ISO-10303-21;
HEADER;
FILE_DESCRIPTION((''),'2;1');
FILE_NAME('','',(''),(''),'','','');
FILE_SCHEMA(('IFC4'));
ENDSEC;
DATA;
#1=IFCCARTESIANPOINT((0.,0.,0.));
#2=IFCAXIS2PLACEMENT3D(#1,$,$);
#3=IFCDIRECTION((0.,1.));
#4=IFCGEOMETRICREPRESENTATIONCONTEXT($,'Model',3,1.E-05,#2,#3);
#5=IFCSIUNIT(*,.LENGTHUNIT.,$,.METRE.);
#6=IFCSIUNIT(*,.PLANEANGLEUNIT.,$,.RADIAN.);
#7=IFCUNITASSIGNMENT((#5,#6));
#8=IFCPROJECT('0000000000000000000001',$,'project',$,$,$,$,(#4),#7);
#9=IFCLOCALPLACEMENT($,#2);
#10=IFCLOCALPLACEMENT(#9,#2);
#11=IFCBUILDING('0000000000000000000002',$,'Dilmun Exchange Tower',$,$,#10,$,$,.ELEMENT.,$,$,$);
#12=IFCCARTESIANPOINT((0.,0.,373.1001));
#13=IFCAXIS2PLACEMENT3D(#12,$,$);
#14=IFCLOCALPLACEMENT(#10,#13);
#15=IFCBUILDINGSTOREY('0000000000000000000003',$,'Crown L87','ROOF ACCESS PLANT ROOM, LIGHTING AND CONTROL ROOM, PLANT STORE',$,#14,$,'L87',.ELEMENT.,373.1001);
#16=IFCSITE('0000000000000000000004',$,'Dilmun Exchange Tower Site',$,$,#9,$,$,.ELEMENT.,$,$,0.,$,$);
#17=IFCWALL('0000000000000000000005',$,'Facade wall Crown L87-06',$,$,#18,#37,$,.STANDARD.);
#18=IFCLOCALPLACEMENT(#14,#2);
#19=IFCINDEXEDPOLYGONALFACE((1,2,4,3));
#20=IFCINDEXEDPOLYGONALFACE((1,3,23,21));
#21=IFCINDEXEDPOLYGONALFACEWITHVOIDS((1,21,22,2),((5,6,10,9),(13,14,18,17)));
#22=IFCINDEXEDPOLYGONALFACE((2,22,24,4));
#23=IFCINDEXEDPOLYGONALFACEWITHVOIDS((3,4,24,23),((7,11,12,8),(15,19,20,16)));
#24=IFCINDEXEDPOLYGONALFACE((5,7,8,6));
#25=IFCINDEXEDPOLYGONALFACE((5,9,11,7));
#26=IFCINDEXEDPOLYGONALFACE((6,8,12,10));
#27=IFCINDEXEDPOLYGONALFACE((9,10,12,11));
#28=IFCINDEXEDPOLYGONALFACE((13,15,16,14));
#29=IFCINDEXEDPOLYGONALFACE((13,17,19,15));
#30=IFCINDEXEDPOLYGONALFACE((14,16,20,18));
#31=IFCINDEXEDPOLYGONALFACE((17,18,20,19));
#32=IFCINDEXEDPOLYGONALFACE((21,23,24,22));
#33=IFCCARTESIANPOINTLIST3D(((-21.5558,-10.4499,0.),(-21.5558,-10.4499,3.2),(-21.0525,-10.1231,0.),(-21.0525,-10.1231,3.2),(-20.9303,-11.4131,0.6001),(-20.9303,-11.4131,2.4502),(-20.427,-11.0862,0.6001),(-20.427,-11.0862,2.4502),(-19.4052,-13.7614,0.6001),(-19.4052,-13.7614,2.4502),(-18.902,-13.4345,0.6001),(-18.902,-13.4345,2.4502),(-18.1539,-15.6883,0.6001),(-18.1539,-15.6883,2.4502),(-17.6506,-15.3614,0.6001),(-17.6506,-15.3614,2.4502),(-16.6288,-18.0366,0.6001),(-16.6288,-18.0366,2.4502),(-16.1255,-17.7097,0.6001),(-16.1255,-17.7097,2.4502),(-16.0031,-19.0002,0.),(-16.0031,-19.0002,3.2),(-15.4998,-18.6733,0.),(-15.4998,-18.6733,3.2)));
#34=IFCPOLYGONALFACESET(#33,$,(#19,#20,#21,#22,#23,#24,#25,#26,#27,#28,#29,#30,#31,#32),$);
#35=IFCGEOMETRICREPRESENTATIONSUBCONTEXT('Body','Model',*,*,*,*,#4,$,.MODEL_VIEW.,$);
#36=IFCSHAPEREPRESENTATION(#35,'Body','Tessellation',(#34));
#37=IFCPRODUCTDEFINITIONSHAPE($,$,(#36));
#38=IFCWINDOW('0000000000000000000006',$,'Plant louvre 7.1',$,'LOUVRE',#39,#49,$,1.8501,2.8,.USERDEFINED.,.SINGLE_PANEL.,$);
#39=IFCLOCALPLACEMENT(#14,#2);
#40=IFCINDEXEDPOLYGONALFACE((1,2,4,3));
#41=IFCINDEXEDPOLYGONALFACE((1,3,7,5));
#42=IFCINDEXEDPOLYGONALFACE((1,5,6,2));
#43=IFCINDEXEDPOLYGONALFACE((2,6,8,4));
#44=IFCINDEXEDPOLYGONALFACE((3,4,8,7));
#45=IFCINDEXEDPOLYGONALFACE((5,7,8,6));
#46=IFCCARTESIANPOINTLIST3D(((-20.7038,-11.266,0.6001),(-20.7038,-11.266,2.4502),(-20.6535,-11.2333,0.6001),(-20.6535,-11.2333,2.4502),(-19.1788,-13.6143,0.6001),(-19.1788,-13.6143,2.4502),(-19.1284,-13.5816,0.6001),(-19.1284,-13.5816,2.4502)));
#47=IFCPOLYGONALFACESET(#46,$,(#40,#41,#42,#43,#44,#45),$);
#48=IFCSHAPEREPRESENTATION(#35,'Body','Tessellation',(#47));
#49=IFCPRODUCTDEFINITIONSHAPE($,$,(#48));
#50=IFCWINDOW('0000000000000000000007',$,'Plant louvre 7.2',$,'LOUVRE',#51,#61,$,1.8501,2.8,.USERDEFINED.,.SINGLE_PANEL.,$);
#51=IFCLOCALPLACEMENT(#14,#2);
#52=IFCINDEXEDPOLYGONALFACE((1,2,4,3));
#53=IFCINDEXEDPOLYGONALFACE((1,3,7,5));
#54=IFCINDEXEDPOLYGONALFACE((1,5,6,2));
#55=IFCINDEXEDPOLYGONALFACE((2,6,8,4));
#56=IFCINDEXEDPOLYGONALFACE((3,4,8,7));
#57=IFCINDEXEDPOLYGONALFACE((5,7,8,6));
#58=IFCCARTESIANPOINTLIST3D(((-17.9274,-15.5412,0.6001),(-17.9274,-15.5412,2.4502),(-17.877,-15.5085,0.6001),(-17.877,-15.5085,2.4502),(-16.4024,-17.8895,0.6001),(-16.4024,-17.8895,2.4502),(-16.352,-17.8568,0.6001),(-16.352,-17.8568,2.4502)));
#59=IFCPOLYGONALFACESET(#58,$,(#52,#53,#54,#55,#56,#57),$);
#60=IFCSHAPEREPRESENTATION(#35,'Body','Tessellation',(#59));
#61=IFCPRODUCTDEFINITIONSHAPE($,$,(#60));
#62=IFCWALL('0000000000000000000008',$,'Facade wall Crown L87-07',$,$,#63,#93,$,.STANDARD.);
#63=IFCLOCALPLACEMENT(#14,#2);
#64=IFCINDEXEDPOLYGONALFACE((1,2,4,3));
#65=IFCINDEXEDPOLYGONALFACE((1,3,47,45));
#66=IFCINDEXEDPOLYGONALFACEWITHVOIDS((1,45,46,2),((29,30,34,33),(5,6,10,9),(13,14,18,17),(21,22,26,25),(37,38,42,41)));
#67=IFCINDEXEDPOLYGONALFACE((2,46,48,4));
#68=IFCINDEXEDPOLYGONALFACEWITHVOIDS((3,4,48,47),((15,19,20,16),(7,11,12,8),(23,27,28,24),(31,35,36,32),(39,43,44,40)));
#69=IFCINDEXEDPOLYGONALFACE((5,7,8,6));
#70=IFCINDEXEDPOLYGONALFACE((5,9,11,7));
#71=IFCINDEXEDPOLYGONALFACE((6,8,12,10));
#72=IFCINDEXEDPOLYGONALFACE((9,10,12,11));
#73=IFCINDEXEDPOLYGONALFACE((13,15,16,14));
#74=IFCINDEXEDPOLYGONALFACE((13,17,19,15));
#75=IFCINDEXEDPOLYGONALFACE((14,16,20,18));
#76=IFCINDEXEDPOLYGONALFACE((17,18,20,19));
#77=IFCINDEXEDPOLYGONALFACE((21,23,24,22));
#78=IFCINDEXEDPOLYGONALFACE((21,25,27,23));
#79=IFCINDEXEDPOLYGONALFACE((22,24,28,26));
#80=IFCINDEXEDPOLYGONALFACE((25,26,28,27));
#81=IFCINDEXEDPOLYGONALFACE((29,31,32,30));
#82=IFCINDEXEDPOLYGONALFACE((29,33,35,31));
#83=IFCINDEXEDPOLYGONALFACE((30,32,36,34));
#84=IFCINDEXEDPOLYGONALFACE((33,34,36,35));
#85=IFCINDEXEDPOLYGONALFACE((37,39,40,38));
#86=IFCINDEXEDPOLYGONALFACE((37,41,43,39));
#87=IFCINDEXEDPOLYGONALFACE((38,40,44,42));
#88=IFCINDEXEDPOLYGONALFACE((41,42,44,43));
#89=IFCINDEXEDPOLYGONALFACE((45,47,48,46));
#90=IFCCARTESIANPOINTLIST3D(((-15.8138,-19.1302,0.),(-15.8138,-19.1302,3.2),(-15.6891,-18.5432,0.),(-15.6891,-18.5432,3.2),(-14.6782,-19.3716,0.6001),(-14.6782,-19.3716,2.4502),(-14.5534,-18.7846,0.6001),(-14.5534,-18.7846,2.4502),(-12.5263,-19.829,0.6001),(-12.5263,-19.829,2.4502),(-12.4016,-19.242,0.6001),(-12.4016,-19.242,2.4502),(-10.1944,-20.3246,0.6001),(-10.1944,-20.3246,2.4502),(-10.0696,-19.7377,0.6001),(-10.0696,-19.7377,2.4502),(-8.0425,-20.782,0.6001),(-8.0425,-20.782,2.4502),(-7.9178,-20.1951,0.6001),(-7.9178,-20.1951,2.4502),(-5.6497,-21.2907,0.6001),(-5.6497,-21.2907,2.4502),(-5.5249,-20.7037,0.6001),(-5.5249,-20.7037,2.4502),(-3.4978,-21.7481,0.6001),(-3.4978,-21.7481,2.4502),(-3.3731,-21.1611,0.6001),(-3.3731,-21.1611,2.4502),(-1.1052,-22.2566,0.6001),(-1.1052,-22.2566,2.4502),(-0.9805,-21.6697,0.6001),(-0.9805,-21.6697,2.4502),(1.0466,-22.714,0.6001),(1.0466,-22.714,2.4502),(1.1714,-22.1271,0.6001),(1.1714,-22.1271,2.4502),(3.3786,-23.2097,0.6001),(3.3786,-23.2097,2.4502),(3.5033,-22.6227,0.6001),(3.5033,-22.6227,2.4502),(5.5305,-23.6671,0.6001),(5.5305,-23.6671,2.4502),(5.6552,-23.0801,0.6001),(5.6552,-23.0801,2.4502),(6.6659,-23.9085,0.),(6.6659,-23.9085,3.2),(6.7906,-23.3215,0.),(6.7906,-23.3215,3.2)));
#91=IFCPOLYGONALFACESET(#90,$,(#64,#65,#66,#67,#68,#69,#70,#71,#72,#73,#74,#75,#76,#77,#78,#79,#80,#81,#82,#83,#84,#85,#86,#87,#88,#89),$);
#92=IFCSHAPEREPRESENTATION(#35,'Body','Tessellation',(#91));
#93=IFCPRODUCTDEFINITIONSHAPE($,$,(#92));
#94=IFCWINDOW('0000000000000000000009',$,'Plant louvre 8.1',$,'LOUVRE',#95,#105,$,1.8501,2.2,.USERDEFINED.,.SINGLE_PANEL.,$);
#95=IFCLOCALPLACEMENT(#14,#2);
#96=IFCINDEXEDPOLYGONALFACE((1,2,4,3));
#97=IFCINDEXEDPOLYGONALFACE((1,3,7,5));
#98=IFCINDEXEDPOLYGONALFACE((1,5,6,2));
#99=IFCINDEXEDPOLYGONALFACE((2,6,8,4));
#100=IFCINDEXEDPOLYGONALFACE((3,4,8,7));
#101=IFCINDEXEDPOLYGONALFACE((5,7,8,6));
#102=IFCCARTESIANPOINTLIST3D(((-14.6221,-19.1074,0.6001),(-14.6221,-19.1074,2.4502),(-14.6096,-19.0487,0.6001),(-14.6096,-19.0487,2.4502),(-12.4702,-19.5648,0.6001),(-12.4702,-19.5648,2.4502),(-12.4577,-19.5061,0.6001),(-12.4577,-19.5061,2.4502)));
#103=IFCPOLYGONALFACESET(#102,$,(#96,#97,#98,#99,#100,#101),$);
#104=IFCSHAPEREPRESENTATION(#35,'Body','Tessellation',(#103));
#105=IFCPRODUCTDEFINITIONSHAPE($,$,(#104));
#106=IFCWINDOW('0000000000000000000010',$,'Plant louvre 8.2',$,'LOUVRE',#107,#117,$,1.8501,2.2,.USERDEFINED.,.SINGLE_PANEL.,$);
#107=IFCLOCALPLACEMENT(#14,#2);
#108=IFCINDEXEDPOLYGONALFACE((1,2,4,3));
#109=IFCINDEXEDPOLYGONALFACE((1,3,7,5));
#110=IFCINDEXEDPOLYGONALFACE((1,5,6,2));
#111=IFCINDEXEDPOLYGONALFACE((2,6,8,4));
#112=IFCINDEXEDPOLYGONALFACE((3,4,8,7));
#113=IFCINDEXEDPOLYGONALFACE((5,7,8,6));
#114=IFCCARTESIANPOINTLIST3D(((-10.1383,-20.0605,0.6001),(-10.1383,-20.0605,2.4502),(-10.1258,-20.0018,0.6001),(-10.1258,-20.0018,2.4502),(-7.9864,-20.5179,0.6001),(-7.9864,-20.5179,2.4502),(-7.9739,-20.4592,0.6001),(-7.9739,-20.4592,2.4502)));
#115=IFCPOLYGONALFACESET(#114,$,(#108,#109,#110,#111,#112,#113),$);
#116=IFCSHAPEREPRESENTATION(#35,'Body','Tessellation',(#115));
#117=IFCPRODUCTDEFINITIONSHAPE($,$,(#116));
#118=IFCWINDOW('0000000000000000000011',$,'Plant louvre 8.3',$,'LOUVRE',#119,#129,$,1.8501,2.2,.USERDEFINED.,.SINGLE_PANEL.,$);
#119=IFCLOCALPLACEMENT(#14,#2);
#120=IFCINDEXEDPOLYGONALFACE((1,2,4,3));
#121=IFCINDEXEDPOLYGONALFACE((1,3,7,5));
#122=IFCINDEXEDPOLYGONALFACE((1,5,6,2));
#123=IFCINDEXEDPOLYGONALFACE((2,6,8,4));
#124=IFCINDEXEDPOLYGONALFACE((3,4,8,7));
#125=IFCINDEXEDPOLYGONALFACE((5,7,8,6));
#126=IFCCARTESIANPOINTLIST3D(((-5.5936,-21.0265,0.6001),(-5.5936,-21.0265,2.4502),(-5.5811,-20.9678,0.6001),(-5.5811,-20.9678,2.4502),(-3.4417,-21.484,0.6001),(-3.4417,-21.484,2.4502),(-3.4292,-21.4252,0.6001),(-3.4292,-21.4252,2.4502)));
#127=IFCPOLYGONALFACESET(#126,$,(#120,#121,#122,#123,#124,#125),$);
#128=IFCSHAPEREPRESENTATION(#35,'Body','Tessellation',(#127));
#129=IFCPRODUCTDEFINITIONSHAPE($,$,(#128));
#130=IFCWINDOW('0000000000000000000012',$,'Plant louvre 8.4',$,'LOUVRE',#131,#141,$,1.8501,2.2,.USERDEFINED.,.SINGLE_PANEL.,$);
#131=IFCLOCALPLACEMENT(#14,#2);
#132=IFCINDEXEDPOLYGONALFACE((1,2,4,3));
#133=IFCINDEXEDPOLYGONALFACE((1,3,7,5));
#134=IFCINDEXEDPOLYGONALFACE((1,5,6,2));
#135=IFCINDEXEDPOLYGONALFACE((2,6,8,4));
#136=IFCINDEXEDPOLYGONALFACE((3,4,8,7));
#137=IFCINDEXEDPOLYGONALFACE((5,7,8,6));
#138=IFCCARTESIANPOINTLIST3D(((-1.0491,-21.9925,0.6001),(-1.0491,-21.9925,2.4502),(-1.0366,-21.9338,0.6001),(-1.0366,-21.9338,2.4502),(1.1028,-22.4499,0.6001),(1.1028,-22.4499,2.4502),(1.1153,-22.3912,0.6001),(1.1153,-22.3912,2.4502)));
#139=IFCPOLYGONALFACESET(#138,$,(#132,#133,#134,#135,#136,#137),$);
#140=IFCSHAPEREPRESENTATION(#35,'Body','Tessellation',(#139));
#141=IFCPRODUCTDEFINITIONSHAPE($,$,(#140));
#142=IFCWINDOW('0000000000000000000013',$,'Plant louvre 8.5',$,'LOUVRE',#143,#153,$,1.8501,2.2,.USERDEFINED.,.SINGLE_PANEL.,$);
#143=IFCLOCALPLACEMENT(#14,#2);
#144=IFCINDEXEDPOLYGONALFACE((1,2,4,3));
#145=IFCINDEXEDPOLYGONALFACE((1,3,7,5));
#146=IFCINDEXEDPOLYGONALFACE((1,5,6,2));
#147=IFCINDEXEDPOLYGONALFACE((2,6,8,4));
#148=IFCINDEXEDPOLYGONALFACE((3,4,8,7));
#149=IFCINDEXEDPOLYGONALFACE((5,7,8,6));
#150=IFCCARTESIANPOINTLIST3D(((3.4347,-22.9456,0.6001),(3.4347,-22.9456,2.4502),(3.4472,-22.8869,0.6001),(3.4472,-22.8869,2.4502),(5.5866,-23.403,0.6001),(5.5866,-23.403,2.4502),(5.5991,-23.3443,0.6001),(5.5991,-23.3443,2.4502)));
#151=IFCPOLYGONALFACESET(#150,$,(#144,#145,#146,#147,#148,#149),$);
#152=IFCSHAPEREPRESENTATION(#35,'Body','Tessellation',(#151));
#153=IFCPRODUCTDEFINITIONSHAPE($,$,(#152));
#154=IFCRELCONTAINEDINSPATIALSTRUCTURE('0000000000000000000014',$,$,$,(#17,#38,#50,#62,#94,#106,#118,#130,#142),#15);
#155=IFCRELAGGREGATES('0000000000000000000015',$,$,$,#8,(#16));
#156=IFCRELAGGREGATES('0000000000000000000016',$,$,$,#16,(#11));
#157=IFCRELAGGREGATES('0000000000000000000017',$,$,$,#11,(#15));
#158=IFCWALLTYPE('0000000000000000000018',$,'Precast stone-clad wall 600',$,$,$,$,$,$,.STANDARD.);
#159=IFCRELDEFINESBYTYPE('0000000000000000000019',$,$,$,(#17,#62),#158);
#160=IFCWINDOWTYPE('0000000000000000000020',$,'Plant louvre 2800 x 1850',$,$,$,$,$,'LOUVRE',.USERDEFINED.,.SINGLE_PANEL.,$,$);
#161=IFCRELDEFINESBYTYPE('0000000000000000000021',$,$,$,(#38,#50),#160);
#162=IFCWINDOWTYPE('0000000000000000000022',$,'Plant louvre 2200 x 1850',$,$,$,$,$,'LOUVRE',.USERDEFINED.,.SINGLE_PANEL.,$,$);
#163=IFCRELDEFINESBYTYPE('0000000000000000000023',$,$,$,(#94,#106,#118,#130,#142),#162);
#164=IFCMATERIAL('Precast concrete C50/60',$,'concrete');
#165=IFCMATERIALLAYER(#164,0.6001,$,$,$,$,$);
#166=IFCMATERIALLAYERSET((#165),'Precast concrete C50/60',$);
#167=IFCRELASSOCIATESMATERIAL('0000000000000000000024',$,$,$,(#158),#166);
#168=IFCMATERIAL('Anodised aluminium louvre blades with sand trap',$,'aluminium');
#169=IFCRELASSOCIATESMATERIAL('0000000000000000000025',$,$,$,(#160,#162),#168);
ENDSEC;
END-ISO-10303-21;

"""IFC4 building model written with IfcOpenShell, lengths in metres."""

from ifc_helpers import new_model, si_unit, direction, frame, frame_2d, origin, place, context, subcontext, project, spatial, rectangle, extrude, material, layer, layer_set, type_object, element, fill, save


model = new_model("IFC4")

# Units and contexts
model_context = context("Model", 3, precision=1e-05, world=origin(), true_north=direction((0.0, 1.0)))
body_context = subcontext(model_context, "Body", "Model", "MODEL_VIEW")
ifc_project = project(units=[si_unit("LENGTHUNIT", "METRE"), si_unit("PLANEANGLEUNIT", "RADIAN")], contexts=[model_context])

# Site, building, storey
site_placement = place(None, origin())
site = spatial("IfcSite", under=ifc_project, at=site_placement, Name="Dilmun Exchange Tower Site", CompositionType="ELEMENT", RefElevation=0.0)
building_placement = place(site_placement, origin())
building = spatial("IfcBuilding", under=site, at=building_placement, Name="Dilmun Exchange Tower", CompositionType="ELEMENT")
storey_placement = place(building_placement, frame((0.0, 0.0, 373.1001)))
storey = spatial("IfcBuildingStorey", under=building, at=storey_placement, Name="Crown L87", Description="ROOF ACCESS PLANT ROOM, LIGHTING AND CONTROL ROOM, PLANT STORE", LongName="L87", CompositionType="ELEMENT", Elevation=373.1001)

# Walls, openings, windows
ifc_material_1 = material(Name="Precast concrete C50/60", Category="concrete")
ifc_layer_1 = layer(ifc_material_1, 0.6001)
ifc_layer_set_1 = layer_set([ifc_layer_1], Name="Precast concrete C50/60")
wall_type_1 = type_object("IfcWallType", Name="Precast stone-clad wall 600", PredefinedType="STANDARD", material=ifc_layer_set_1)
wall_1_placement = place(storey_placement, frame((-21.3042, -10.2864, 0.0), z_axis=(0.0, 0.0, 1.0), x_axis=(0.544647, -0.838666, 0.0)))
wall_1 = element("IfcWall", 1, at=wall_1_placement, inside=storey, type_object=wall_type_1, Name="Facade wall Crown L87-06", PredefinedType="STANDARD", context=body_context, shape_type="SweptSolid", body=[
    extrude(rectangle(XDim=10.1951, YDim=0.6001, at=frame_2d((5.0977, 0.0))), origin(), (0.0, 0.0, 1.0), 3.2),
])
opening_1_placement = place(wall_1_placement, frame((1.1487, 0.0, 0.6001)))
opening_1 = element("IfcOpeningElement", 2, at=opening_1_placement, cuts=wall_1, PredefinedType="OPENING", context=body_context, shape_type="SweptSolid", body=[
    extrude(rectangle(XDim=2.8, YDim=1.8501, at=frame_2d((1.3999, 0.925))), frame((0.0, 0.3101, 0.0), z_axis=(0.0, -1.0, 0.0), x_axis=(1.0, 0.0, 0.0)), (0.0, 0.0, 1.0), 0.6201),
])
opening_2_placement = place(wall_1_placement, frame((6.2463, 0.0, 0.6001)))
opening_2 = element("IfcOpeningElement", 3, at=opening_2_placement, cuts=wall_1, PredefinedType="OPENING", context=body_context, shape_type="SweptSolid", body=[
    extrude(rectangle(XDim=2.8, YDim=1.8501, at=frame_2d((1.3999, 0.925))), frame((0.0, 0.3101, 0.0), z_axis=(0.0, -1.0, 0.0), x_axis=(1.0, 0.0, 0.0)), (0.0, 0.0, 1.0), 0.6201),
])
ifc_material_2 = material(Name="Anodised aluminium louvre blades with sand trap", Category="aluminium")
window_type_1 = type_object("IfcWindowType", Name="Plant louvre 2800 x 1850", ElementType="LOUVRE", PartitioningType="SINGLE_PANEL", PredefinedType="USERDEFINED", material=ifc_material_2)
window_1_placement = place(opening_1_placement, origin())
window_1 = element("IfcWindow", 4, at=window_1_placement, inside=storey, type_object=window_type_1, Name="Plant louvre 7.1", ObjectType="LOUVRE", OverallHeight=1.8501, OverallWidth=2.8, PartitioningType="SINGLE_PANEL", PredefinedType="USERDEFINED", context=body_context, shape_type="SweptSolid", body=[
    extrude(rectangle(XDim=2.8, YDim=1.8501, at=frame_2d((1.3999, 0.925))), frame((0.0, 0.03, 0.0), z_axis=(0.0, -1.0, 0.0), x_axis=(1.0, 0.0, 0.0)), (0.0, 0.0, 1.0), 0.0601),
])
fill(opening_1, window_1)
window_2_placement = place(opening_2_placement, origin())
window_2 = element("IfcWindow", 5, at=window_2_placement, inside=storey, type_object=window_type_1, Name="Plant louvre 7.2", ObjectType="LOUVRE", OverallHeight=1.8501, OverallWidth=2.8, PartitioningType="SINGLE_PANEL", PredefinedType="USERDEFINED", context=body_context, shape_type="SweptSolid", body=[
    extrude(rectangle(XDim=2.8, YDim=1.8501, at=frame_2d((1.3999, 0.925))), frame((0.0, 0.03, 0.0), z_axis=(0.0, -1.0, 0.0), x_axis=(1.0, 0.0, 0.0)), (0.0, 0.0, 1.0), 0.0601),
])
fill(opening_2, window_2)
wall_2_placement = place(storey_placement, frame((-15.7515, -18.8367, 0.0), z_axis=(0.0, 0.0, 1.0), x_axis=(0.978147, -0.207916, 0.0)))
wall_2 = element("IfcWall", 6, at=wall_2_placement, inside=storey, type_object=wall_type_1, Name="Facade wall Crown L87-07", PredefinedType="STANDARD", context=body_context, shape_type="SweptSolid", body=[
    extrude(rectangle(XDim=22.9819, YDim=0.6001, at=frame_2d((11.491, 0.0))), origin(), (0.0, 0.0, 1.0), 3.2),
])
opening_3_placement = place(wall_2_placement, frame((1.1609, 0.0, 0.6001)))
opening_3 = element("IfcOpeningElement", 7, at=opening_3_placement, cuts=wall_2, PredefinedType="OPENING", context=body_context, shape_type="SweptSolid", body=[
    extrude(rectangle(XDim=2.2, YDim=1.8501, at=frame_2d((1.1001, 0.925))), frame((0.0, 0.3101, 0.0), z_axis=(0.0, -1.0, 0.0), x_axis=(1.0, 0.0, 0.0)), (0.0, 0.0, 1.0), 0.6201),
])
opening_4_placement = place(wall_2_placement, frame((5.7449, 0.0, 0.6001)))
opening_4 = element("IfcOpeningElement", 8, at=opening_4_placement, cuts=wall_2, PredefinedType="OPENING", context=body_context, shape_type="SweptSolid", body=[
    extrude(rectangle(XDim=2.2, YDim=1.8501, at=frame_2d((1.1001, 0.925))), frame((0.0, 0.3101, 0.0), z_axis=(0.0, -1.0, 0.0), x_axis=(1.0, 0.0, 0.0)), (0.0, 0.0, 1.0), 0.6201),
])
opening_5_placement = place(wall_2_placement, frame((10.3911, 0.0, 0.6001)))
opening_5 = element("IfcOpeningElement", 9, at=opening_5_placement, cuts=wall_2, PredefinedType="OPENING", context=body_context, shape_type="SweptSolid", body=[
    extrude(rectangle(XDim=2.2, YDim=1.8501, at=frame_2d((1.1001, 0.925))), frame((0.0, 0.3101, 0.0), z_axis=(0.0, -1.0, 0.0), x_axis=(1.0, 0.0, 0.0)), (0.0, 0.0, 1.0), 0.6201),
])
opening_6_placement = place(wall_2_placement, frame((15.0371, 0.0, 0.6001)))
opening_6 = element("IfcOpeningElement", 10, at=opening_6_placement, cuts=wall_2, PredefinedType="OPENING", context=body_context, shape_type="SweptSolid", body=[
    extrude(rectangle(XDim=2.2, YDim=1.8501, at=frame_2d((1.1001, 0.925))), frame((0.0, 0.3101, 0.0), z_axis=(0.0, -1.0, 0.0), x_axis=(1.0, 0.0, 0.0)), (0.0, 0.0, 1.0), 0.6201),
])
opening_7_placement = place(wall_2_placement, frame((19.6211, 0.0, 0.6001)))
opening_7 = element("IfcOpeningElement", 11, at=opening_7_placement, cuts=wall_2, PredefinedType="OPENING", context=body_context, shape_type="SweptSolid", body=[
    extrude(rectangle(XDim=2.2, YDim=1.8501, at=frame_2d((1.1001, 0.925))), frame((0.0, 0.3101, 0.0), z_axis=(0.0, -1.0, 0.0), x_axis=(1.0, 0.0, 0.0)), (0.0, 0.0, 1.0), 0.6201),
])
window_type_2 = type_object("IfcWindowType", Name="Plant louvre 2200 x 1850", ElementType="LOUVRE", PartitioningType="SINGLE_PANEL", PredefinedType="USERDEFINED", material=ifc_material_2)
window_3_placement = place(opening_3_placement, origin())
window_3 = element("IfcWindow", 12, at=window_3_placement, inside=storey, type_object=window_type_2, Name="Plant louvre 8.1", ObjectType="LOUVRE", OverallHeight=1.8501, OverallWidth=2.2, PartitioningType="SINGLE_PANEL", PredefinedType="USERDEFINED", context=body_context, shape_type="SweptSolid", body=[
    extrude(rectangle(XDim=2.2, YDim=1.8501, at=frame_2d((1.1001, 0.925))), frame((0.0, 0.03, 0.0), z_axis=(0.0, -1.0, 0.0), x_axis=(1.0, 0.0, 0.0)), (0.0, 0.0, 1.0), 0.0601),
])
fill(opening_3, window_3)
window_4_placement = place(opening_4_placement, origin())
window_4 = element("IfcWindow", 13, at=window_4_placement, inside=storey, type_object=window_type_2, Name="Plant louvre 8.2", ObjectType="LOUVRE", OverallHeight=1.8501, OverallWidth=2.2, PartitioningType="SINGLE_PANEL", PredefinedType="USERDEFINED", context=body_context, shape_type="SweptSolid", body=[
    extrude(rectangle(XDim=2.2, YDim=1.8501, at=frame_2d((1.1001, 0.925))), frame((0.0, 0.03, 0.0), z_axis=(0.0, -1.0, 0.0), x_axis=(1.0, 0.0, 0.0)), (0.0, 0.0, 1.0), 0.0601),
])
fill(opening_4, window_4)
window_5_placement = place(opening_5_placement, origin())
window_5 = element("IfcWindow", 14, at=window_5_placement, inside=storey, type_object=window_type_2, Name="Plant louvre 8.3", ObjectType="LOUVRE", OverallHeight=1.8501, OverallWidth=2.2, PartitioningType="SINGLE_PANEL", PredefinedType="USERDEFINED", context=body_context, shape_type="SweptSolid", body=[
    extrude(rectangle(XDim=2.2, YDim=1.8501, at=frame_2d((1.1001, 0.925))), frame((0.0, 0.03, 0.0), z_axis=(0.0, -1.0, 0.0), x_axis=(1.0, 0.0, 0.0)), (0.0, 0.0, 1.0), 0.0601),
])
fill(opening_5, window_5)
window_6_placement = place(opening_6_placement, origin())
window_6 = element("IfcWindow", 15, at=window_6_placement, inside=storey, type_object=window_type_2, Name="Plant louvre 8.4", ObjectType="LOUVRE", OverallHeight=1.8501, OverallWidth=2.2, PartitioningType="SINGLE_PANEL", PredefinedType="USERDEFINED", context=body_context, shape_type="SweptSolid", body=[
    extrude(rectangle(XDim=2.2, YDim=1.8501, at=frame_2d((1.1001, 0.925))), frame((0.0, 0.03, 0.0), z_axis=(0.0, -1.0, 0.0), x_axis=(1.0, 0.0, 0.0)), (0.0, 0.0, 1.0), 0.0601),
])
fill(opening_6, window_6)
window_7_placement = place(opening_7_placement, origin())
window_7 = element("IfcWindow", 16, at=window_7_placement, inside=storey, type_object=window_type_2, Name="Plant louvre 8.5", ObjectType="LOUVRE", OverallHeight=1.8501, OverallWidth=2.2, PartitioningType="SINGLE_PANEL", PredefinedType="USERDEFINED", context=body_context, shape_type="SweptSolid", body=[
    extrude(rectangle(XDim=2.2, YDim=1.8501, at=frame_2d((1.1001, 0.925))), frame((0.0, 0.03, 0.0), z_axis=(0.0, -1.0, 0.0), x_axis=(1.0, 0.0, 0.0)), (0.0, 0.0, 1.0), 0.0601),
])
fill(opening_7, window_7)

save(model, "model.ifc")
